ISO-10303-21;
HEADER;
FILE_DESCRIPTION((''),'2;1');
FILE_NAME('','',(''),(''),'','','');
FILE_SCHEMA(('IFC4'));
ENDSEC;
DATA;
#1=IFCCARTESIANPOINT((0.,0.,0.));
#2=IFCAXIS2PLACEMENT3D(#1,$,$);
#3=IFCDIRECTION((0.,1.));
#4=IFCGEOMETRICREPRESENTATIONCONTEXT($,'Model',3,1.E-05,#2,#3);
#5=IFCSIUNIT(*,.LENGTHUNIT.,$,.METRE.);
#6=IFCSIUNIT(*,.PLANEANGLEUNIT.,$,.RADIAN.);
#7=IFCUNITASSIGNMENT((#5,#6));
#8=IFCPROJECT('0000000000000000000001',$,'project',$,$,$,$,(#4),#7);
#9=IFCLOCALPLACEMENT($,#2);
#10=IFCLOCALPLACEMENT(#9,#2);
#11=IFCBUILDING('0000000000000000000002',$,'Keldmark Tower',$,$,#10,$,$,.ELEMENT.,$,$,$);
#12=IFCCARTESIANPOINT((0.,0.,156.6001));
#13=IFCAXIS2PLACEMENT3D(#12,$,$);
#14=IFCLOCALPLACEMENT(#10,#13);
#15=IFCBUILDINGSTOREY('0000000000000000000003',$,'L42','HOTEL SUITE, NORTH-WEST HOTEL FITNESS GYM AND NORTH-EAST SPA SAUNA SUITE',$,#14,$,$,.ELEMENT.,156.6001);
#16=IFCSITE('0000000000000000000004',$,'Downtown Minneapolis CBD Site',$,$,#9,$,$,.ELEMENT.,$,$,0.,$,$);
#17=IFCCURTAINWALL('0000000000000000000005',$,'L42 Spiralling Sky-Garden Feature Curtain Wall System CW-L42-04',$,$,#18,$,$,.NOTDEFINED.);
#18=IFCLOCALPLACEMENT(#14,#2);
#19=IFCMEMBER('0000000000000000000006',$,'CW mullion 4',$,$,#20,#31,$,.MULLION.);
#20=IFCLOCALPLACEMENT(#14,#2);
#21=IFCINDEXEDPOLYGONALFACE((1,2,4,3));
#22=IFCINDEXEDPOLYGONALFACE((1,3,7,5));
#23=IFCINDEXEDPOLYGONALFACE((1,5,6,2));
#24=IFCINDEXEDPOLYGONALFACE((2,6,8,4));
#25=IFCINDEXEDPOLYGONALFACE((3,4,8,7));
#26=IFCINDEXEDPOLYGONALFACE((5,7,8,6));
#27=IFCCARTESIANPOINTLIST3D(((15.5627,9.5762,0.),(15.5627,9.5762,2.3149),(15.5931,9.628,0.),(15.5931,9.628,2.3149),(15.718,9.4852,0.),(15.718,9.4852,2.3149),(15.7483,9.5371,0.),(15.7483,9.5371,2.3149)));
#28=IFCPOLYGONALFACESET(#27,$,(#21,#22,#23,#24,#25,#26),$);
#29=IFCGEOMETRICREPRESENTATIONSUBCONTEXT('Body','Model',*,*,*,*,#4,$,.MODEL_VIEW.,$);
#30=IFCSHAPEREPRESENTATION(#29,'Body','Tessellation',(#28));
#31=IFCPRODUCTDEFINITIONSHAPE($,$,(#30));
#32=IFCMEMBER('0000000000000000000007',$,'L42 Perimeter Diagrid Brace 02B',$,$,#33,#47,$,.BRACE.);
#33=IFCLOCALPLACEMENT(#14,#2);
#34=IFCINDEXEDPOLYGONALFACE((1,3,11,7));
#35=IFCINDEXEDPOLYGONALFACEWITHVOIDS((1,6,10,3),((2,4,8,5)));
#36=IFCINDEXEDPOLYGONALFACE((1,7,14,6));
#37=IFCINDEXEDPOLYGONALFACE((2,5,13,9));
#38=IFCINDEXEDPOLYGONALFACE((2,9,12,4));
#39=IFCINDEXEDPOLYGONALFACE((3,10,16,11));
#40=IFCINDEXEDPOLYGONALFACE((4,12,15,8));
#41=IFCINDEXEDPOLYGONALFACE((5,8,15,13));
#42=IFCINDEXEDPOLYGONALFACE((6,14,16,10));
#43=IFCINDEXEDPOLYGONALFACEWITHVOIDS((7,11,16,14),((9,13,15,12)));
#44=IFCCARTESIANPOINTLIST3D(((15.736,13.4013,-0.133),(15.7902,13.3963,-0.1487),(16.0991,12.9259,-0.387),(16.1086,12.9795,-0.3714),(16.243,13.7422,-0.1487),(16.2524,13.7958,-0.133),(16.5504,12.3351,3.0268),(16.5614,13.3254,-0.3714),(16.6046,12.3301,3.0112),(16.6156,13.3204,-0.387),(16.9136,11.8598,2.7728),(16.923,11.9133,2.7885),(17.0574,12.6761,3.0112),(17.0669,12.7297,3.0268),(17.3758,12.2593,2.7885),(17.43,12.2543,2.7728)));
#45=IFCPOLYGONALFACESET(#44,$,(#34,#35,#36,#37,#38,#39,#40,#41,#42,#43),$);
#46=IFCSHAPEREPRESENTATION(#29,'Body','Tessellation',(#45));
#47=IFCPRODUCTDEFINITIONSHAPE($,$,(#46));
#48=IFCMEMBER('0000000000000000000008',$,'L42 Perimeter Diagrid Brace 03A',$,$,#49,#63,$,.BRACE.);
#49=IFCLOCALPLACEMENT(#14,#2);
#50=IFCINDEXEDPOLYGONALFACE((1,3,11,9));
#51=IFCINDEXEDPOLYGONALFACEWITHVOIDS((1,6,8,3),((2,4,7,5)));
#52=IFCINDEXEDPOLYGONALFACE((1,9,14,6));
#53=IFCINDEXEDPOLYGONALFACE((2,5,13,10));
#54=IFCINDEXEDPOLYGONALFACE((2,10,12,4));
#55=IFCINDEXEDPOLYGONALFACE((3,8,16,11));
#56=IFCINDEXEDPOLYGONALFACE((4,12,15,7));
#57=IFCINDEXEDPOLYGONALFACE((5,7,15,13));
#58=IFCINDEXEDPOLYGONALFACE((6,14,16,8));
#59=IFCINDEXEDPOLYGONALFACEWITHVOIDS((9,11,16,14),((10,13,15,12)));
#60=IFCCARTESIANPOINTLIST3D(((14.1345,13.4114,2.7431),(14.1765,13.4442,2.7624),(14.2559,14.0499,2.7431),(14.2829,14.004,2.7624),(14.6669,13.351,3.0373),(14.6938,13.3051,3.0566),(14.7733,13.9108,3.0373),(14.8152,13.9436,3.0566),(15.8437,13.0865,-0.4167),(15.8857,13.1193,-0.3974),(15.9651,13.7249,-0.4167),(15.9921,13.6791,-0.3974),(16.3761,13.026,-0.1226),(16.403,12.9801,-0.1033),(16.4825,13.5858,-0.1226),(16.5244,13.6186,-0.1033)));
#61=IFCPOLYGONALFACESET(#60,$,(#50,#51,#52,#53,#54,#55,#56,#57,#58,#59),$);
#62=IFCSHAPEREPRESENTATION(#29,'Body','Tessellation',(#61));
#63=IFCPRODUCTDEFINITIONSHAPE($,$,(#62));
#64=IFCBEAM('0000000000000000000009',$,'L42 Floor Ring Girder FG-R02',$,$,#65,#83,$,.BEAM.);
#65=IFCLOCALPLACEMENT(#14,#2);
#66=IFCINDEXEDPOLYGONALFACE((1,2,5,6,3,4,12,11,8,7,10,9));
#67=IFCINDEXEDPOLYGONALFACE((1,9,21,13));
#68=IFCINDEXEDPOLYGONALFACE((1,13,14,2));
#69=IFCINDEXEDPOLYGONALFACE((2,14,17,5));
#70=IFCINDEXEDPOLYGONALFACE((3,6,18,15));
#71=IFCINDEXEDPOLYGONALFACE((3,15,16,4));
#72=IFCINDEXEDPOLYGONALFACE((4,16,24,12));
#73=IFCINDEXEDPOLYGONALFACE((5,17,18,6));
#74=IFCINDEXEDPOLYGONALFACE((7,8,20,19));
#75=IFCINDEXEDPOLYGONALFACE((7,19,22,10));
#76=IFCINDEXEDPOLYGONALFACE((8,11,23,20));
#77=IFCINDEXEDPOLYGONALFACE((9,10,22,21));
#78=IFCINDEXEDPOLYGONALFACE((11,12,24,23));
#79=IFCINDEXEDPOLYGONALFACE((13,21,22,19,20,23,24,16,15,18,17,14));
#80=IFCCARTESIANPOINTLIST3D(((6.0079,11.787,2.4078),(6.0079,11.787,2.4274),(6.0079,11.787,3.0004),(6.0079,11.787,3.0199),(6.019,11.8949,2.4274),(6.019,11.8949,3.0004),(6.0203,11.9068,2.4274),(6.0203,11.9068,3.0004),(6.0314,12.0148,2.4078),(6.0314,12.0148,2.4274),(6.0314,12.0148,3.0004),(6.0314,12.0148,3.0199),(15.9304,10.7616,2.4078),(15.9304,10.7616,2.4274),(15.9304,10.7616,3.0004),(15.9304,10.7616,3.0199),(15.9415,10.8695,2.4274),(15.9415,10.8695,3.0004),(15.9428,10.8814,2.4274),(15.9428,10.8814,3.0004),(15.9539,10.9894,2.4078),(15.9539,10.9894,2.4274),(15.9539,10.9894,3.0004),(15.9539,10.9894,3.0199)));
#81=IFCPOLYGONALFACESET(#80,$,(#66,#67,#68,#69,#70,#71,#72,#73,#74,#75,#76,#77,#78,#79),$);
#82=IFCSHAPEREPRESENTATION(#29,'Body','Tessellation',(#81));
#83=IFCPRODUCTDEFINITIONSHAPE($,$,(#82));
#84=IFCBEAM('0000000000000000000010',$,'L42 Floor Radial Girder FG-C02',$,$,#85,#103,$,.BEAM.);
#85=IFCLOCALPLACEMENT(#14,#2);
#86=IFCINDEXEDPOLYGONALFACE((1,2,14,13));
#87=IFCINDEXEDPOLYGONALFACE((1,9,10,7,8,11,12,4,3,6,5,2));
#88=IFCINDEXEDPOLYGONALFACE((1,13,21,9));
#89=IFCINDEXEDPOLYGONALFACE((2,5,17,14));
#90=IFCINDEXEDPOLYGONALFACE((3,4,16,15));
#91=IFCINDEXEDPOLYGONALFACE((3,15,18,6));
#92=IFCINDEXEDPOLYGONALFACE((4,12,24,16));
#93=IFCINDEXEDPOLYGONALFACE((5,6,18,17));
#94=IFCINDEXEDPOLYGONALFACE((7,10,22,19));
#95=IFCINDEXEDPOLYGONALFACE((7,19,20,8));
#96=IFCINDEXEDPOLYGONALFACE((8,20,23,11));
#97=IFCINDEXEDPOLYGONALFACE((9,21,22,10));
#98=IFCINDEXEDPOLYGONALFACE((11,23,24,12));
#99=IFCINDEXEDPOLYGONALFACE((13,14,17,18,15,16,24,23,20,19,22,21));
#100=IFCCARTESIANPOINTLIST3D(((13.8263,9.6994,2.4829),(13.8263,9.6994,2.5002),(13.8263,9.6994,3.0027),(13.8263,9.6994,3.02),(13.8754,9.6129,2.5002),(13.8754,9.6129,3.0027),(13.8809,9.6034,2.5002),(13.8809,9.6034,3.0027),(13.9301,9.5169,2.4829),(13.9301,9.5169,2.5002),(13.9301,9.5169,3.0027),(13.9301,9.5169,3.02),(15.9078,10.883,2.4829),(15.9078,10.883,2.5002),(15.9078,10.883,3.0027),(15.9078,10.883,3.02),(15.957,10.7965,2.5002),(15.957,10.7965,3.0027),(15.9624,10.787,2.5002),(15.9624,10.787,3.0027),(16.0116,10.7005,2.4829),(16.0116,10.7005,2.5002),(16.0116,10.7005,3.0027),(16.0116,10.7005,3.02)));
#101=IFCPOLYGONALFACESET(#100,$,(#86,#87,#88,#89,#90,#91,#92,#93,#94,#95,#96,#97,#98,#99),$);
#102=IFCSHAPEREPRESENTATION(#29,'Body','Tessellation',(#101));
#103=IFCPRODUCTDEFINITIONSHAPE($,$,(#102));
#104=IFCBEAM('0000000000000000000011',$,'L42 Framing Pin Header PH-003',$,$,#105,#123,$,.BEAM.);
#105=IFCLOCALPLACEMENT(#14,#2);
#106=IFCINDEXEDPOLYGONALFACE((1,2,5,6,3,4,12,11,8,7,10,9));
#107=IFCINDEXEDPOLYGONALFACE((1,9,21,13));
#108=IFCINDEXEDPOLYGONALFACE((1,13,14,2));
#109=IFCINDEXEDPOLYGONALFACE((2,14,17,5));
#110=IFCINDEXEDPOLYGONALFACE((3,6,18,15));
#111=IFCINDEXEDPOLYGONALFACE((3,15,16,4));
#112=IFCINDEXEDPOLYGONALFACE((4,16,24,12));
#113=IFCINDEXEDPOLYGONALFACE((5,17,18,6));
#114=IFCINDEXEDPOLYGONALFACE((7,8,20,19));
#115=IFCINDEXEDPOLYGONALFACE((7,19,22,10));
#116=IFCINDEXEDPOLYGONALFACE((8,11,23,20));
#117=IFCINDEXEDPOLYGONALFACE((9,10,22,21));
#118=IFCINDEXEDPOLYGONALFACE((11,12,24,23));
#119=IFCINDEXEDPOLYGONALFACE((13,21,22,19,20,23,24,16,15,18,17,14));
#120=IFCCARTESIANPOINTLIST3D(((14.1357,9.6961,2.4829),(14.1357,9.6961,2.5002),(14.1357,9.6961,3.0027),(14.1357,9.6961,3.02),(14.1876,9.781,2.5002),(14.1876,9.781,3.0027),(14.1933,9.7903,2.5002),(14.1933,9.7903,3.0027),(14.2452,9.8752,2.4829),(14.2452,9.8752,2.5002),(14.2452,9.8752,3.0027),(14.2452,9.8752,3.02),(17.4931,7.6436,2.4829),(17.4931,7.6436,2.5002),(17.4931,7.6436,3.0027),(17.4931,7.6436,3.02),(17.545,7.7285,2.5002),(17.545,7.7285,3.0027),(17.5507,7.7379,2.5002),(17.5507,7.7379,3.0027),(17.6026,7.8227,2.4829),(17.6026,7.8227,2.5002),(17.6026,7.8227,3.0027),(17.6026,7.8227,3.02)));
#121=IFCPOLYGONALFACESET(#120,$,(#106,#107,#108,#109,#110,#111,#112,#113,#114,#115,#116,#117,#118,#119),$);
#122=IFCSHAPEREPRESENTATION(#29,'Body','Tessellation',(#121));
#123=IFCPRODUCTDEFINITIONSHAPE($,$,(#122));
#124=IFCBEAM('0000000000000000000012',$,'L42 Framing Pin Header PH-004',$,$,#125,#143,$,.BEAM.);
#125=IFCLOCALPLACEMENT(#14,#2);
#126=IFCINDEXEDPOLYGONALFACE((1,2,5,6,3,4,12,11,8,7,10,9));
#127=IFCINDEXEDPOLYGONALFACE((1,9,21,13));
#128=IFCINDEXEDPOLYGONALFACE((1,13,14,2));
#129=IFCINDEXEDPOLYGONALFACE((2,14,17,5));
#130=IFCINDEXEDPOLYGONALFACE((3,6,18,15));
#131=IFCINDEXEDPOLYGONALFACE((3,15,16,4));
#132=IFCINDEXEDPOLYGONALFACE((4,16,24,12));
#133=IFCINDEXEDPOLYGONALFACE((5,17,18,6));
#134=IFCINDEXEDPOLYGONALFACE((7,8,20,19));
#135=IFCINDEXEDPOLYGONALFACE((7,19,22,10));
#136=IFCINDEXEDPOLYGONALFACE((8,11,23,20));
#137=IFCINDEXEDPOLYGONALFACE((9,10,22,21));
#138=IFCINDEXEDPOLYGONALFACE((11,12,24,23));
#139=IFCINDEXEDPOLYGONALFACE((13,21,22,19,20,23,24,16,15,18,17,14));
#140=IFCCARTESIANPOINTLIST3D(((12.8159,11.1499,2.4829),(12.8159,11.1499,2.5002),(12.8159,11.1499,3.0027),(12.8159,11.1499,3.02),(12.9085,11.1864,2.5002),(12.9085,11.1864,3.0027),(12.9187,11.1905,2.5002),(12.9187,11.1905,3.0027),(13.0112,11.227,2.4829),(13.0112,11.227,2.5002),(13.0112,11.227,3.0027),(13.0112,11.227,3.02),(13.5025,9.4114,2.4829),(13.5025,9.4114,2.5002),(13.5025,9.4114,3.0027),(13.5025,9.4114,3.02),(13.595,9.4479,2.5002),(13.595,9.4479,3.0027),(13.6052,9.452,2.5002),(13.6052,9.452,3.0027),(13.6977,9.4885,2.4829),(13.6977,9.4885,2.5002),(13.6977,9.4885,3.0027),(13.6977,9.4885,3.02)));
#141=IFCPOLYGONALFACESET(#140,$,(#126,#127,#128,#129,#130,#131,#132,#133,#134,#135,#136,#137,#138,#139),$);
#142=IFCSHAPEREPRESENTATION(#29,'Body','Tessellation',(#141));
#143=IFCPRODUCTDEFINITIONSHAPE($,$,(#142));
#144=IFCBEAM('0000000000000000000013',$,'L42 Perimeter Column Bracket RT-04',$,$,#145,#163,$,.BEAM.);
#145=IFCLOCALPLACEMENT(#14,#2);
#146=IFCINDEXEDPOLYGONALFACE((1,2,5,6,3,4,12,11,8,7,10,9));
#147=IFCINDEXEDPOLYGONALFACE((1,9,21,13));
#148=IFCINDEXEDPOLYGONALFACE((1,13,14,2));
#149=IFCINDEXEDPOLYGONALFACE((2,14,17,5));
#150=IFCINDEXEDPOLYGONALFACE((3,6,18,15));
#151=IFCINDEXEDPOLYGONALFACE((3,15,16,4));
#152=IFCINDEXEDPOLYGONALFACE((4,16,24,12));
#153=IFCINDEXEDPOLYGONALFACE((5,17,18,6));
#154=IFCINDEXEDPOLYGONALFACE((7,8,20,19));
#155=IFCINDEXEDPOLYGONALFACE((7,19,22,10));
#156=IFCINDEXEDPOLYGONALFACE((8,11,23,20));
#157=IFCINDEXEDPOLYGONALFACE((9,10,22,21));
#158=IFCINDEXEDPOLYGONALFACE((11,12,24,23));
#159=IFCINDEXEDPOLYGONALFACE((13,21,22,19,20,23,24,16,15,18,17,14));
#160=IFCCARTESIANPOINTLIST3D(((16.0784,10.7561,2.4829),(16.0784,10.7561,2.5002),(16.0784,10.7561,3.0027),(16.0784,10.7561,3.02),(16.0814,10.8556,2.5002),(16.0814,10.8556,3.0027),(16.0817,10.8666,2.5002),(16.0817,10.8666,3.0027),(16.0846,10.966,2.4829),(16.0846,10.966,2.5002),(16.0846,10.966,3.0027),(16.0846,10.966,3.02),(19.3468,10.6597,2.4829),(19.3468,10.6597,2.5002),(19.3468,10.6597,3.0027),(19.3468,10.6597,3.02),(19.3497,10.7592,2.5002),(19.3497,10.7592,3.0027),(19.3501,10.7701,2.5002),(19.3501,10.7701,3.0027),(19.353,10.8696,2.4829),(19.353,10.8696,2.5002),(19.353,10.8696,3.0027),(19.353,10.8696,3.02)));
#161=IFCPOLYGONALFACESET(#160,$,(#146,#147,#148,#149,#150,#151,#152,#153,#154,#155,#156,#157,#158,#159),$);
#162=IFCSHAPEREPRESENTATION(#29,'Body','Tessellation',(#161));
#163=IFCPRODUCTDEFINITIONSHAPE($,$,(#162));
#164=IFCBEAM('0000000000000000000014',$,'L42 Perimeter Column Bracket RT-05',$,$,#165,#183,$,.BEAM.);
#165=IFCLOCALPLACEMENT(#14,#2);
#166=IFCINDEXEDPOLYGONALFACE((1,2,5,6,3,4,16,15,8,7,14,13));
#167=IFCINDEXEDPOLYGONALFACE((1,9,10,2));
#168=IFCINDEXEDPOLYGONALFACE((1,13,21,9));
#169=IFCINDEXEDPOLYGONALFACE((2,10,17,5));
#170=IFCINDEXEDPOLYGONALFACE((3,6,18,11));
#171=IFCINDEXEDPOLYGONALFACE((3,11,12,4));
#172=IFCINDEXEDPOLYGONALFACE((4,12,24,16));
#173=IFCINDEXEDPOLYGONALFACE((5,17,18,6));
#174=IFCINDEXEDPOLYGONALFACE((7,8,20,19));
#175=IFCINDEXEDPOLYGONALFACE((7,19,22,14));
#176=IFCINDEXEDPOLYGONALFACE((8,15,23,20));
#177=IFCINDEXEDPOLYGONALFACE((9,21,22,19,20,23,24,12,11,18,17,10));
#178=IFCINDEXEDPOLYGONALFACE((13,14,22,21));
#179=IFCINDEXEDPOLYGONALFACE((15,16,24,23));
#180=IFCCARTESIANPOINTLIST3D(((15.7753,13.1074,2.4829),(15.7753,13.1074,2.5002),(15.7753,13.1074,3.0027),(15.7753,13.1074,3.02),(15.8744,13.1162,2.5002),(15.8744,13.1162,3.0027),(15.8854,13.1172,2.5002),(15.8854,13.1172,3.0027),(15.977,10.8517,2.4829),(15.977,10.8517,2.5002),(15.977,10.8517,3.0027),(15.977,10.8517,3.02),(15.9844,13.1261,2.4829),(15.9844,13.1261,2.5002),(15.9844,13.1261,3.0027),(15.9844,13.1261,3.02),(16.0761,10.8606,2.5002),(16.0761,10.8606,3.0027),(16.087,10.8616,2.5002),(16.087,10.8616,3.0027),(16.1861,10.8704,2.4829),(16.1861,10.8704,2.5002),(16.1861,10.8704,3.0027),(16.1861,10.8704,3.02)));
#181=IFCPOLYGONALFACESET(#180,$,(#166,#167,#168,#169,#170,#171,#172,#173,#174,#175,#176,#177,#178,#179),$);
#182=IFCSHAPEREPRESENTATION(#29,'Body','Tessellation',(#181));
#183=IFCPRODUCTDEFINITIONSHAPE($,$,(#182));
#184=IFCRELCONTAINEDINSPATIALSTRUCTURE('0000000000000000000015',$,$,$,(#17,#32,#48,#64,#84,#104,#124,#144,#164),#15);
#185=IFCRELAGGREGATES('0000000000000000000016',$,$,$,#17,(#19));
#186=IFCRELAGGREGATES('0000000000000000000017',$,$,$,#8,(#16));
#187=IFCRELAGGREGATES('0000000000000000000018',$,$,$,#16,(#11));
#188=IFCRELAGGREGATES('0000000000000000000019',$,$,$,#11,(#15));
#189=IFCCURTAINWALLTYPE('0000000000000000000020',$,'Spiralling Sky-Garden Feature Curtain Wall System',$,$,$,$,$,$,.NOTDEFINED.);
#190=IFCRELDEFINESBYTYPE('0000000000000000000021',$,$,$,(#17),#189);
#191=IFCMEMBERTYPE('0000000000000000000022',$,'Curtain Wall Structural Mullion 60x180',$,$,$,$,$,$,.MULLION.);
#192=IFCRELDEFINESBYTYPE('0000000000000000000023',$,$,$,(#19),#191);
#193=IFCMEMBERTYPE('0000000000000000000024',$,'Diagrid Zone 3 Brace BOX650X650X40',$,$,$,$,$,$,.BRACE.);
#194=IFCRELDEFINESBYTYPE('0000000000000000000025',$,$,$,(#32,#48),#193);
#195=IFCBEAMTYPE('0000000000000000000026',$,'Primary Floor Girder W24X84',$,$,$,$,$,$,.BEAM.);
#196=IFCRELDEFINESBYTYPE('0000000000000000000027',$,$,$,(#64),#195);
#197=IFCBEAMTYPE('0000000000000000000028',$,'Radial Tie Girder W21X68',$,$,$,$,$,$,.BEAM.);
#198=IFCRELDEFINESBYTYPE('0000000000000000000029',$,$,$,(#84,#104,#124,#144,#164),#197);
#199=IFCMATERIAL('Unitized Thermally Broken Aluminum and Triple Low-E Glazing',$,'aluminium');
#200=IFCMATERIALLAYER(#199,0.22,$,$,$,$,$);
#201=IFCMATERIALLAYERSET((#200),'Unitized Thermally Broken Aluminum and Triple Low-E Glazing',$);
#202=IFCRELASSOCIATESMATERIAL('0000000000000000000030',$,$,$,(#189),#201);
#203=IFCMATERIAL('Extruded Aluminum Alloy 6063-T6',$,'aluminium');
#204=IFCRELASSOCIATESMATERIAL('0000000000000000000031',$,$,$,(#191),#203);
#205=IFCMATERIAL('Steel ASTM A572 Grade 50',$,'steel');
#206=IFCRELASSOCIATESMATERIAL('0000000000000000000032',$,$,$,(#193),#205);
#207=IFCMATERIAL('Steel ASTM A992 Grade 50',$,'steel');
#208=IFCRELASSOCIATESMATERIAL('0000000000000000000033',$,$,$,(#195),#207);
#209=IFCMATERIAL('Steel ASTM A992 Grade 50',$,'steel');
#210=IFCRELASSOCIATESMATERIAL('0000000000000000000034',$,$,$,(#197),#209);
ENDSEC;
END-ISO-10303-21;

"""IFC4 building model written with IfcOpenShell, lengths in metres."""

from ifc_helpers import new_model, si_unit, direction, frame, origin, origin_2d, place, context, subcontext, project, spatial, rectangle, hollow_rectangle, i_section, extrude, material, layer, layer_set, material_profile, profile_set, type_object, element, aggregate, save


model = new_model("IFC4")

# Units and contexts
model_context = context("Model", 3, precision=1e-05, world=origin(), true_north=direction((0.0, 1.0)))
body_context = subcontext(model_context, "Body", "Model", "MODEL_VIEW")
ifc_project = project(units=[si_unit("LENGTHUNIT", "METRE"), si_unit("PLANEANGLEUNIT", "RADIAN")], contexts=[model_context])

# Site, building, storey
site_placement = place(None, origin())
site = spatial("IfcSite", under=ifc_project, at=site_placement, Name="Downtown Minneapolis CBD Site", CompositionType="ELEMENT", RefElevation=0.0)
building_placement = place(site_placement, origin())
building = spatial("IfcBuilding", under=site, at=building_placement, Name="Keldmark Tower", CompositionType="ELEMENT")
storey_placement = place(building_placement, frame((0.0, 0.0, 156.6001)))
storey = spatial("IfcBuildingStorey", under=building, at=storey_placement, Name="L42", Description="HOTEL SUITE, NORTH-WEST HOTEL FITNESS GYM AND NORTH-EAST SPA SAUNA SUITE", CompositionType="ELEMENT", Elevation=156.6001)

# Curtain wall, member
ifc_material_1 = material(Name="Unitized Thermally Broken Aluminum and Triple Low-E Glazing", Category="aluminium")
ifc_layer_1 = layer(ifc_material_1, 0.22)
ifc_layer_set_1 = layer_set([ifc_layer_1], Name="Unitized Thermally Broken Aluminum and Triple Low-E Glazing")
curtain_wall_type = type_object("IfcCurtainWallType", Name="Spiralling Sky-Garden Feature Curtain Wall System", PredefinedType="NOTDEFINED", material=ifc_layer_set_1)
curtain_wall_placement = place(storey_placement, origin())
curtain_wall = element("IfcCurtainWall", 1, at=curtain_wall_placement, inside=storey, type_object=curtain_wall_type, Name="L42 Spiralling Sky-Garden Feature Curtain Wall System CW-L42-04", PredefinedType="NOTDEFINED")
ifc_material_2 = material(Name="Extruded Aluminum Alloy 6063-T6", Category="aluminium")
ifc_material_profile_1 = material_profile(ifc_material_2, rectangle(XDim=0.0601, YDim=0.1799, at=origin_2d()), Name="CWM60X180")
ifc_profile_set_1 = profile_set([ifc_material_profile_1], Name="Extruded Aluminum Alloy 6063-T6")
member_type_1 = type_object("IfcMemberType", Name="Curtain Wall Structural Mullion 60x180", PredefinedType="MULLION", material=ifc_profile_set_1)
member_1_placement = place(storey_placement, frame((15.6555, 9.5566, 0.0), z_axis=(0.0, 0.0, 1.0), x_axis=(0.505608, 0.862763, 0.0)))
member_1 = element("IfcMember", 2, at=member_1_placement, type_object=member_type_1, Name="CW mullion 4", PredefinedType="MULLION", context=body_context, shape_type="SweptSolid", body=[
    extrude(rectangle(XDim=0.0601, YDim=0.1799, at=origin_2d()), origin(), (0.0, 0.0, 1.0), 2.3149),
])

# Members
ifc_material_3 = material(Name="Steel ASTM A572 Grade 50", Category="steel")
ifc_material_profile_2 = material_profile(ifc_material_3, hollow_rectangle(XDim=0.6499, YDim=0.6499, WallThickness=0.04, at=origin_2d()), Name="BOX650X650X40")
ifc_profile_set_2 = profile_set([ifc_material_profile_2], Name="Steel ASTM A572 Grade 50")
member_type_2 = type_object("IfcMemberType", Name="Diagrid Zone 3 Brace BOX650X650X40", PredefinedType="BRACE", material=ifc_profile_set_2)
member_2_placement = place(storey_placement, frame((16.1758, 13.3608, -0.26), z_axis=(0.237247, -0.310568, 0.920468), x_axis=(0.794662, 0.607052, 0.0)))
element("IfcMember", 3, at=member_2_placement, inside=storey, type_object=member_type_2, Name="L42 Perimeter Diagrid Brace 02B", PredefinedType="BRACE", context=body_context, shape_type="SweptSolid", body=[
    extrude(hollow_rectangle(XDim=0.6499, YDim=0.6499, WallThickness=0.04, at=origin_2d()), origin(), (0.0, 0.0, 1.0), 3.4329),
])
member_3_placement = place(storey_placement, frame((16.1841, 13.3525, -0.26), z_axis=(-0.473834, 0.090083, 0.875994), x_axis=(-0.18677, -0.982404, 0.0)))
element("IfcMember", 4, at=member_3_placement, inside=storey, type_object=member_type_2, Name="L42 Perimeter Diagrid Brace 03A", PredefinedType="BRACE", context=body_context, shape_type="SweptSolid", body=[
    extrude(hollow_rectangle(XDim=0.6499, YDim=0.6499, WallThickness=0.04, at=origin_2d()), origin(), (0.0, 0.0, 1.0), 3.6072),
])

# Beams
ifc_material_4 = material(Name="Steel ASTM A992 Grade 50", Category="steel")
ifc_material_profile_3 = material_profile(ifc_material_4, i_section(OverallWidth=0.229, OverallDepth=0.6121, WebThickness=0.012, FlangeThickness=0.0195, at=origin_2d()), Name="W24X84")
ifc_profile_set_3 = profile_set([ifc_material_profile_3], Name="Steel ASTM A992 Grade 50")
beam_type_1 = type_object("IfcBeamType", Name="Primary Floor Girder W24X84", PredefinedType="BEAM", material=ifc_profile_set_3)
beam_1_placement = place(storey_placement, frame((15.9421, 10.8755, 2.7139), z_axis=(-0.994703, 0.102791, 0.0), x_axis=(-0.102791, -0.994703, 0.0)))
element("IfcBeam", 5, at=beam_1_placement, inside=storey, type_object=beam_type_1, Name="L42 Floor Ring Girder FG-R02", PredefinedType="BEAM", context=body_context, shape_type="SweptSolid", body=[
    extrude(i_section(OverallWidth=0.229, OverallDepth=0.6121, WebThickness=0.012, FlangeThickness=0.0195, at=origin_2d()), origin(), (0.0, 0.0, 1.0), 9.9753),
])
ifc_material_5 = material(Name="Steel ASTM A992 Grade 50", Category="steel")
ifc_material_profile_4 = material_profile(ifc_material_5, i_section(OverallWidth=0.21, OverallDepth=0.5371, WebThickness=0.011, FlangeThickness=0.0173, at=origin_2d()), Name="W21X68")
ifc_profile_set_4 = profile_set([ifc_material_profile_4], Name="Steel ASTM A992 Grade 50")
beam_type_2 = type_object("IfcBeamType", Name="Radial Tie Girder W21X68", PredefinedType="BEAM", material=ifc_profile_set_4)
beam_2_placement = place(storey_placement, frame((15.9597, 10.7917, 2.7515), z_axis=(-0.869295, -0.494293, 0.0), x_axis=(0.494293, -0.869295, 0.0)))
element("IfcBeam", 6, at=beam_2_placement, inside=storey, type_object=beam_type_2, Name="L42 Floor Radial Girder FG-C02", PredefinedType="BEAM", context=body_context, shape_type="SweptSolid", body=[
    extrude(i_section(OverallWidth=0.21, OverallDepth=0.5371, WebThickness=0.011, FlangeThickness=0.0173, at=origin_2d()), origin(), (0.0, 0.0, 1.0), 2.3945),
])
beam_3_placement = place(storey_placement, frame((14.1904, 9.7856, 2.7515), z_axis=(0.853199, -0.521586, 0.0), x_axis=(0.521586, 0.853199, 0.0)))
element("IfcBeam", 7, at=beam_3_placement, inside=storey, type_object=beam_type_2, Name="L42 Framing Pin Header PH-003", PredefinedType="BEAM", context=body_context, shape_type="SweptSolid", body=[
    extrude(i_section(OverallWidth=0.21, OverallDepth=0.5371, WebThickness=0.011, FlangeThickness=0.0173, at=origin_2d()), origin(), (0.0, 0.0, 1.0), 3.9351),
])
beam_4_placement = place(storey_placement, frame((13.6001, 9.45, 2.7515), z_axis=(-0.367288, 0.930107, 0.0), x_axis=(-0.930107, -0.367288, 0.0)))
element("IfcBeam", 8, at=beam_4_placement, inside=storey, type_object=beam_type_2, Name="L42 Framing Pin Header PH-004", PredefinedType="BEAM", context=body_context, shape_type="SweptSolid", body=[
    extrude(i_section(OverallWidth=0.21, OverallDepth=0.5371, WebThickness=0.011, FlangeThickness=0.0173, at=origin_2d()), origin(), (0.0, 0.0, 1.0), 1.8691),
])
beam_5_placement = place(storey_placement, frame((16.0815, 10.8611, 2.7515), z_axis=(0.999565, -0.029493, 0.0), x_axis=(0.029493, 0.999565, 0.0)))
element("IfcBeam", 9, at=beam_5_placement, inside=storey, type_object=beam_type_2, Name="L42 Perimeter Column Bracket RT-04", PredefinedType="BEAM", context=body_context, shape_type="SweptSolid", body=[
    extrude(i_section(OverallWidth=0.21, OverallDepth=0.5371, WebThickness=0.011, FlangeThickness=0.0173, at=origin_2d()), origin(), (0.0, 0.0, 1.0), 3.2698),
])
beam_6_placement = place(storey_placement, frame((16.0815, 10.8611, 2.7515), z_axis=(-0.089048, 0.996027, 0.0), x_axis=(-0.996027, -0.089048, 0.0)))
element("IfcBeam", 10, at=beam_6_placement, inside=storey, type_object=beam_type_2, Name="L42 Perimeter Column Bracket RT-05", PredefinedType="BEAM", context=body_context, shape_type="SweptSolid", body=[
    extrude(i_section(OverallWidth=0.21, OverallDepth=0.5371, WebThickness=0.011, FlangeThickness=0.0173, at=origin_2d()), origin(), (0.0, 0.0, 1.0), 2.2646),
])

aggregate(curtain_wall, [member_1])

save(model, "model.ifc")
